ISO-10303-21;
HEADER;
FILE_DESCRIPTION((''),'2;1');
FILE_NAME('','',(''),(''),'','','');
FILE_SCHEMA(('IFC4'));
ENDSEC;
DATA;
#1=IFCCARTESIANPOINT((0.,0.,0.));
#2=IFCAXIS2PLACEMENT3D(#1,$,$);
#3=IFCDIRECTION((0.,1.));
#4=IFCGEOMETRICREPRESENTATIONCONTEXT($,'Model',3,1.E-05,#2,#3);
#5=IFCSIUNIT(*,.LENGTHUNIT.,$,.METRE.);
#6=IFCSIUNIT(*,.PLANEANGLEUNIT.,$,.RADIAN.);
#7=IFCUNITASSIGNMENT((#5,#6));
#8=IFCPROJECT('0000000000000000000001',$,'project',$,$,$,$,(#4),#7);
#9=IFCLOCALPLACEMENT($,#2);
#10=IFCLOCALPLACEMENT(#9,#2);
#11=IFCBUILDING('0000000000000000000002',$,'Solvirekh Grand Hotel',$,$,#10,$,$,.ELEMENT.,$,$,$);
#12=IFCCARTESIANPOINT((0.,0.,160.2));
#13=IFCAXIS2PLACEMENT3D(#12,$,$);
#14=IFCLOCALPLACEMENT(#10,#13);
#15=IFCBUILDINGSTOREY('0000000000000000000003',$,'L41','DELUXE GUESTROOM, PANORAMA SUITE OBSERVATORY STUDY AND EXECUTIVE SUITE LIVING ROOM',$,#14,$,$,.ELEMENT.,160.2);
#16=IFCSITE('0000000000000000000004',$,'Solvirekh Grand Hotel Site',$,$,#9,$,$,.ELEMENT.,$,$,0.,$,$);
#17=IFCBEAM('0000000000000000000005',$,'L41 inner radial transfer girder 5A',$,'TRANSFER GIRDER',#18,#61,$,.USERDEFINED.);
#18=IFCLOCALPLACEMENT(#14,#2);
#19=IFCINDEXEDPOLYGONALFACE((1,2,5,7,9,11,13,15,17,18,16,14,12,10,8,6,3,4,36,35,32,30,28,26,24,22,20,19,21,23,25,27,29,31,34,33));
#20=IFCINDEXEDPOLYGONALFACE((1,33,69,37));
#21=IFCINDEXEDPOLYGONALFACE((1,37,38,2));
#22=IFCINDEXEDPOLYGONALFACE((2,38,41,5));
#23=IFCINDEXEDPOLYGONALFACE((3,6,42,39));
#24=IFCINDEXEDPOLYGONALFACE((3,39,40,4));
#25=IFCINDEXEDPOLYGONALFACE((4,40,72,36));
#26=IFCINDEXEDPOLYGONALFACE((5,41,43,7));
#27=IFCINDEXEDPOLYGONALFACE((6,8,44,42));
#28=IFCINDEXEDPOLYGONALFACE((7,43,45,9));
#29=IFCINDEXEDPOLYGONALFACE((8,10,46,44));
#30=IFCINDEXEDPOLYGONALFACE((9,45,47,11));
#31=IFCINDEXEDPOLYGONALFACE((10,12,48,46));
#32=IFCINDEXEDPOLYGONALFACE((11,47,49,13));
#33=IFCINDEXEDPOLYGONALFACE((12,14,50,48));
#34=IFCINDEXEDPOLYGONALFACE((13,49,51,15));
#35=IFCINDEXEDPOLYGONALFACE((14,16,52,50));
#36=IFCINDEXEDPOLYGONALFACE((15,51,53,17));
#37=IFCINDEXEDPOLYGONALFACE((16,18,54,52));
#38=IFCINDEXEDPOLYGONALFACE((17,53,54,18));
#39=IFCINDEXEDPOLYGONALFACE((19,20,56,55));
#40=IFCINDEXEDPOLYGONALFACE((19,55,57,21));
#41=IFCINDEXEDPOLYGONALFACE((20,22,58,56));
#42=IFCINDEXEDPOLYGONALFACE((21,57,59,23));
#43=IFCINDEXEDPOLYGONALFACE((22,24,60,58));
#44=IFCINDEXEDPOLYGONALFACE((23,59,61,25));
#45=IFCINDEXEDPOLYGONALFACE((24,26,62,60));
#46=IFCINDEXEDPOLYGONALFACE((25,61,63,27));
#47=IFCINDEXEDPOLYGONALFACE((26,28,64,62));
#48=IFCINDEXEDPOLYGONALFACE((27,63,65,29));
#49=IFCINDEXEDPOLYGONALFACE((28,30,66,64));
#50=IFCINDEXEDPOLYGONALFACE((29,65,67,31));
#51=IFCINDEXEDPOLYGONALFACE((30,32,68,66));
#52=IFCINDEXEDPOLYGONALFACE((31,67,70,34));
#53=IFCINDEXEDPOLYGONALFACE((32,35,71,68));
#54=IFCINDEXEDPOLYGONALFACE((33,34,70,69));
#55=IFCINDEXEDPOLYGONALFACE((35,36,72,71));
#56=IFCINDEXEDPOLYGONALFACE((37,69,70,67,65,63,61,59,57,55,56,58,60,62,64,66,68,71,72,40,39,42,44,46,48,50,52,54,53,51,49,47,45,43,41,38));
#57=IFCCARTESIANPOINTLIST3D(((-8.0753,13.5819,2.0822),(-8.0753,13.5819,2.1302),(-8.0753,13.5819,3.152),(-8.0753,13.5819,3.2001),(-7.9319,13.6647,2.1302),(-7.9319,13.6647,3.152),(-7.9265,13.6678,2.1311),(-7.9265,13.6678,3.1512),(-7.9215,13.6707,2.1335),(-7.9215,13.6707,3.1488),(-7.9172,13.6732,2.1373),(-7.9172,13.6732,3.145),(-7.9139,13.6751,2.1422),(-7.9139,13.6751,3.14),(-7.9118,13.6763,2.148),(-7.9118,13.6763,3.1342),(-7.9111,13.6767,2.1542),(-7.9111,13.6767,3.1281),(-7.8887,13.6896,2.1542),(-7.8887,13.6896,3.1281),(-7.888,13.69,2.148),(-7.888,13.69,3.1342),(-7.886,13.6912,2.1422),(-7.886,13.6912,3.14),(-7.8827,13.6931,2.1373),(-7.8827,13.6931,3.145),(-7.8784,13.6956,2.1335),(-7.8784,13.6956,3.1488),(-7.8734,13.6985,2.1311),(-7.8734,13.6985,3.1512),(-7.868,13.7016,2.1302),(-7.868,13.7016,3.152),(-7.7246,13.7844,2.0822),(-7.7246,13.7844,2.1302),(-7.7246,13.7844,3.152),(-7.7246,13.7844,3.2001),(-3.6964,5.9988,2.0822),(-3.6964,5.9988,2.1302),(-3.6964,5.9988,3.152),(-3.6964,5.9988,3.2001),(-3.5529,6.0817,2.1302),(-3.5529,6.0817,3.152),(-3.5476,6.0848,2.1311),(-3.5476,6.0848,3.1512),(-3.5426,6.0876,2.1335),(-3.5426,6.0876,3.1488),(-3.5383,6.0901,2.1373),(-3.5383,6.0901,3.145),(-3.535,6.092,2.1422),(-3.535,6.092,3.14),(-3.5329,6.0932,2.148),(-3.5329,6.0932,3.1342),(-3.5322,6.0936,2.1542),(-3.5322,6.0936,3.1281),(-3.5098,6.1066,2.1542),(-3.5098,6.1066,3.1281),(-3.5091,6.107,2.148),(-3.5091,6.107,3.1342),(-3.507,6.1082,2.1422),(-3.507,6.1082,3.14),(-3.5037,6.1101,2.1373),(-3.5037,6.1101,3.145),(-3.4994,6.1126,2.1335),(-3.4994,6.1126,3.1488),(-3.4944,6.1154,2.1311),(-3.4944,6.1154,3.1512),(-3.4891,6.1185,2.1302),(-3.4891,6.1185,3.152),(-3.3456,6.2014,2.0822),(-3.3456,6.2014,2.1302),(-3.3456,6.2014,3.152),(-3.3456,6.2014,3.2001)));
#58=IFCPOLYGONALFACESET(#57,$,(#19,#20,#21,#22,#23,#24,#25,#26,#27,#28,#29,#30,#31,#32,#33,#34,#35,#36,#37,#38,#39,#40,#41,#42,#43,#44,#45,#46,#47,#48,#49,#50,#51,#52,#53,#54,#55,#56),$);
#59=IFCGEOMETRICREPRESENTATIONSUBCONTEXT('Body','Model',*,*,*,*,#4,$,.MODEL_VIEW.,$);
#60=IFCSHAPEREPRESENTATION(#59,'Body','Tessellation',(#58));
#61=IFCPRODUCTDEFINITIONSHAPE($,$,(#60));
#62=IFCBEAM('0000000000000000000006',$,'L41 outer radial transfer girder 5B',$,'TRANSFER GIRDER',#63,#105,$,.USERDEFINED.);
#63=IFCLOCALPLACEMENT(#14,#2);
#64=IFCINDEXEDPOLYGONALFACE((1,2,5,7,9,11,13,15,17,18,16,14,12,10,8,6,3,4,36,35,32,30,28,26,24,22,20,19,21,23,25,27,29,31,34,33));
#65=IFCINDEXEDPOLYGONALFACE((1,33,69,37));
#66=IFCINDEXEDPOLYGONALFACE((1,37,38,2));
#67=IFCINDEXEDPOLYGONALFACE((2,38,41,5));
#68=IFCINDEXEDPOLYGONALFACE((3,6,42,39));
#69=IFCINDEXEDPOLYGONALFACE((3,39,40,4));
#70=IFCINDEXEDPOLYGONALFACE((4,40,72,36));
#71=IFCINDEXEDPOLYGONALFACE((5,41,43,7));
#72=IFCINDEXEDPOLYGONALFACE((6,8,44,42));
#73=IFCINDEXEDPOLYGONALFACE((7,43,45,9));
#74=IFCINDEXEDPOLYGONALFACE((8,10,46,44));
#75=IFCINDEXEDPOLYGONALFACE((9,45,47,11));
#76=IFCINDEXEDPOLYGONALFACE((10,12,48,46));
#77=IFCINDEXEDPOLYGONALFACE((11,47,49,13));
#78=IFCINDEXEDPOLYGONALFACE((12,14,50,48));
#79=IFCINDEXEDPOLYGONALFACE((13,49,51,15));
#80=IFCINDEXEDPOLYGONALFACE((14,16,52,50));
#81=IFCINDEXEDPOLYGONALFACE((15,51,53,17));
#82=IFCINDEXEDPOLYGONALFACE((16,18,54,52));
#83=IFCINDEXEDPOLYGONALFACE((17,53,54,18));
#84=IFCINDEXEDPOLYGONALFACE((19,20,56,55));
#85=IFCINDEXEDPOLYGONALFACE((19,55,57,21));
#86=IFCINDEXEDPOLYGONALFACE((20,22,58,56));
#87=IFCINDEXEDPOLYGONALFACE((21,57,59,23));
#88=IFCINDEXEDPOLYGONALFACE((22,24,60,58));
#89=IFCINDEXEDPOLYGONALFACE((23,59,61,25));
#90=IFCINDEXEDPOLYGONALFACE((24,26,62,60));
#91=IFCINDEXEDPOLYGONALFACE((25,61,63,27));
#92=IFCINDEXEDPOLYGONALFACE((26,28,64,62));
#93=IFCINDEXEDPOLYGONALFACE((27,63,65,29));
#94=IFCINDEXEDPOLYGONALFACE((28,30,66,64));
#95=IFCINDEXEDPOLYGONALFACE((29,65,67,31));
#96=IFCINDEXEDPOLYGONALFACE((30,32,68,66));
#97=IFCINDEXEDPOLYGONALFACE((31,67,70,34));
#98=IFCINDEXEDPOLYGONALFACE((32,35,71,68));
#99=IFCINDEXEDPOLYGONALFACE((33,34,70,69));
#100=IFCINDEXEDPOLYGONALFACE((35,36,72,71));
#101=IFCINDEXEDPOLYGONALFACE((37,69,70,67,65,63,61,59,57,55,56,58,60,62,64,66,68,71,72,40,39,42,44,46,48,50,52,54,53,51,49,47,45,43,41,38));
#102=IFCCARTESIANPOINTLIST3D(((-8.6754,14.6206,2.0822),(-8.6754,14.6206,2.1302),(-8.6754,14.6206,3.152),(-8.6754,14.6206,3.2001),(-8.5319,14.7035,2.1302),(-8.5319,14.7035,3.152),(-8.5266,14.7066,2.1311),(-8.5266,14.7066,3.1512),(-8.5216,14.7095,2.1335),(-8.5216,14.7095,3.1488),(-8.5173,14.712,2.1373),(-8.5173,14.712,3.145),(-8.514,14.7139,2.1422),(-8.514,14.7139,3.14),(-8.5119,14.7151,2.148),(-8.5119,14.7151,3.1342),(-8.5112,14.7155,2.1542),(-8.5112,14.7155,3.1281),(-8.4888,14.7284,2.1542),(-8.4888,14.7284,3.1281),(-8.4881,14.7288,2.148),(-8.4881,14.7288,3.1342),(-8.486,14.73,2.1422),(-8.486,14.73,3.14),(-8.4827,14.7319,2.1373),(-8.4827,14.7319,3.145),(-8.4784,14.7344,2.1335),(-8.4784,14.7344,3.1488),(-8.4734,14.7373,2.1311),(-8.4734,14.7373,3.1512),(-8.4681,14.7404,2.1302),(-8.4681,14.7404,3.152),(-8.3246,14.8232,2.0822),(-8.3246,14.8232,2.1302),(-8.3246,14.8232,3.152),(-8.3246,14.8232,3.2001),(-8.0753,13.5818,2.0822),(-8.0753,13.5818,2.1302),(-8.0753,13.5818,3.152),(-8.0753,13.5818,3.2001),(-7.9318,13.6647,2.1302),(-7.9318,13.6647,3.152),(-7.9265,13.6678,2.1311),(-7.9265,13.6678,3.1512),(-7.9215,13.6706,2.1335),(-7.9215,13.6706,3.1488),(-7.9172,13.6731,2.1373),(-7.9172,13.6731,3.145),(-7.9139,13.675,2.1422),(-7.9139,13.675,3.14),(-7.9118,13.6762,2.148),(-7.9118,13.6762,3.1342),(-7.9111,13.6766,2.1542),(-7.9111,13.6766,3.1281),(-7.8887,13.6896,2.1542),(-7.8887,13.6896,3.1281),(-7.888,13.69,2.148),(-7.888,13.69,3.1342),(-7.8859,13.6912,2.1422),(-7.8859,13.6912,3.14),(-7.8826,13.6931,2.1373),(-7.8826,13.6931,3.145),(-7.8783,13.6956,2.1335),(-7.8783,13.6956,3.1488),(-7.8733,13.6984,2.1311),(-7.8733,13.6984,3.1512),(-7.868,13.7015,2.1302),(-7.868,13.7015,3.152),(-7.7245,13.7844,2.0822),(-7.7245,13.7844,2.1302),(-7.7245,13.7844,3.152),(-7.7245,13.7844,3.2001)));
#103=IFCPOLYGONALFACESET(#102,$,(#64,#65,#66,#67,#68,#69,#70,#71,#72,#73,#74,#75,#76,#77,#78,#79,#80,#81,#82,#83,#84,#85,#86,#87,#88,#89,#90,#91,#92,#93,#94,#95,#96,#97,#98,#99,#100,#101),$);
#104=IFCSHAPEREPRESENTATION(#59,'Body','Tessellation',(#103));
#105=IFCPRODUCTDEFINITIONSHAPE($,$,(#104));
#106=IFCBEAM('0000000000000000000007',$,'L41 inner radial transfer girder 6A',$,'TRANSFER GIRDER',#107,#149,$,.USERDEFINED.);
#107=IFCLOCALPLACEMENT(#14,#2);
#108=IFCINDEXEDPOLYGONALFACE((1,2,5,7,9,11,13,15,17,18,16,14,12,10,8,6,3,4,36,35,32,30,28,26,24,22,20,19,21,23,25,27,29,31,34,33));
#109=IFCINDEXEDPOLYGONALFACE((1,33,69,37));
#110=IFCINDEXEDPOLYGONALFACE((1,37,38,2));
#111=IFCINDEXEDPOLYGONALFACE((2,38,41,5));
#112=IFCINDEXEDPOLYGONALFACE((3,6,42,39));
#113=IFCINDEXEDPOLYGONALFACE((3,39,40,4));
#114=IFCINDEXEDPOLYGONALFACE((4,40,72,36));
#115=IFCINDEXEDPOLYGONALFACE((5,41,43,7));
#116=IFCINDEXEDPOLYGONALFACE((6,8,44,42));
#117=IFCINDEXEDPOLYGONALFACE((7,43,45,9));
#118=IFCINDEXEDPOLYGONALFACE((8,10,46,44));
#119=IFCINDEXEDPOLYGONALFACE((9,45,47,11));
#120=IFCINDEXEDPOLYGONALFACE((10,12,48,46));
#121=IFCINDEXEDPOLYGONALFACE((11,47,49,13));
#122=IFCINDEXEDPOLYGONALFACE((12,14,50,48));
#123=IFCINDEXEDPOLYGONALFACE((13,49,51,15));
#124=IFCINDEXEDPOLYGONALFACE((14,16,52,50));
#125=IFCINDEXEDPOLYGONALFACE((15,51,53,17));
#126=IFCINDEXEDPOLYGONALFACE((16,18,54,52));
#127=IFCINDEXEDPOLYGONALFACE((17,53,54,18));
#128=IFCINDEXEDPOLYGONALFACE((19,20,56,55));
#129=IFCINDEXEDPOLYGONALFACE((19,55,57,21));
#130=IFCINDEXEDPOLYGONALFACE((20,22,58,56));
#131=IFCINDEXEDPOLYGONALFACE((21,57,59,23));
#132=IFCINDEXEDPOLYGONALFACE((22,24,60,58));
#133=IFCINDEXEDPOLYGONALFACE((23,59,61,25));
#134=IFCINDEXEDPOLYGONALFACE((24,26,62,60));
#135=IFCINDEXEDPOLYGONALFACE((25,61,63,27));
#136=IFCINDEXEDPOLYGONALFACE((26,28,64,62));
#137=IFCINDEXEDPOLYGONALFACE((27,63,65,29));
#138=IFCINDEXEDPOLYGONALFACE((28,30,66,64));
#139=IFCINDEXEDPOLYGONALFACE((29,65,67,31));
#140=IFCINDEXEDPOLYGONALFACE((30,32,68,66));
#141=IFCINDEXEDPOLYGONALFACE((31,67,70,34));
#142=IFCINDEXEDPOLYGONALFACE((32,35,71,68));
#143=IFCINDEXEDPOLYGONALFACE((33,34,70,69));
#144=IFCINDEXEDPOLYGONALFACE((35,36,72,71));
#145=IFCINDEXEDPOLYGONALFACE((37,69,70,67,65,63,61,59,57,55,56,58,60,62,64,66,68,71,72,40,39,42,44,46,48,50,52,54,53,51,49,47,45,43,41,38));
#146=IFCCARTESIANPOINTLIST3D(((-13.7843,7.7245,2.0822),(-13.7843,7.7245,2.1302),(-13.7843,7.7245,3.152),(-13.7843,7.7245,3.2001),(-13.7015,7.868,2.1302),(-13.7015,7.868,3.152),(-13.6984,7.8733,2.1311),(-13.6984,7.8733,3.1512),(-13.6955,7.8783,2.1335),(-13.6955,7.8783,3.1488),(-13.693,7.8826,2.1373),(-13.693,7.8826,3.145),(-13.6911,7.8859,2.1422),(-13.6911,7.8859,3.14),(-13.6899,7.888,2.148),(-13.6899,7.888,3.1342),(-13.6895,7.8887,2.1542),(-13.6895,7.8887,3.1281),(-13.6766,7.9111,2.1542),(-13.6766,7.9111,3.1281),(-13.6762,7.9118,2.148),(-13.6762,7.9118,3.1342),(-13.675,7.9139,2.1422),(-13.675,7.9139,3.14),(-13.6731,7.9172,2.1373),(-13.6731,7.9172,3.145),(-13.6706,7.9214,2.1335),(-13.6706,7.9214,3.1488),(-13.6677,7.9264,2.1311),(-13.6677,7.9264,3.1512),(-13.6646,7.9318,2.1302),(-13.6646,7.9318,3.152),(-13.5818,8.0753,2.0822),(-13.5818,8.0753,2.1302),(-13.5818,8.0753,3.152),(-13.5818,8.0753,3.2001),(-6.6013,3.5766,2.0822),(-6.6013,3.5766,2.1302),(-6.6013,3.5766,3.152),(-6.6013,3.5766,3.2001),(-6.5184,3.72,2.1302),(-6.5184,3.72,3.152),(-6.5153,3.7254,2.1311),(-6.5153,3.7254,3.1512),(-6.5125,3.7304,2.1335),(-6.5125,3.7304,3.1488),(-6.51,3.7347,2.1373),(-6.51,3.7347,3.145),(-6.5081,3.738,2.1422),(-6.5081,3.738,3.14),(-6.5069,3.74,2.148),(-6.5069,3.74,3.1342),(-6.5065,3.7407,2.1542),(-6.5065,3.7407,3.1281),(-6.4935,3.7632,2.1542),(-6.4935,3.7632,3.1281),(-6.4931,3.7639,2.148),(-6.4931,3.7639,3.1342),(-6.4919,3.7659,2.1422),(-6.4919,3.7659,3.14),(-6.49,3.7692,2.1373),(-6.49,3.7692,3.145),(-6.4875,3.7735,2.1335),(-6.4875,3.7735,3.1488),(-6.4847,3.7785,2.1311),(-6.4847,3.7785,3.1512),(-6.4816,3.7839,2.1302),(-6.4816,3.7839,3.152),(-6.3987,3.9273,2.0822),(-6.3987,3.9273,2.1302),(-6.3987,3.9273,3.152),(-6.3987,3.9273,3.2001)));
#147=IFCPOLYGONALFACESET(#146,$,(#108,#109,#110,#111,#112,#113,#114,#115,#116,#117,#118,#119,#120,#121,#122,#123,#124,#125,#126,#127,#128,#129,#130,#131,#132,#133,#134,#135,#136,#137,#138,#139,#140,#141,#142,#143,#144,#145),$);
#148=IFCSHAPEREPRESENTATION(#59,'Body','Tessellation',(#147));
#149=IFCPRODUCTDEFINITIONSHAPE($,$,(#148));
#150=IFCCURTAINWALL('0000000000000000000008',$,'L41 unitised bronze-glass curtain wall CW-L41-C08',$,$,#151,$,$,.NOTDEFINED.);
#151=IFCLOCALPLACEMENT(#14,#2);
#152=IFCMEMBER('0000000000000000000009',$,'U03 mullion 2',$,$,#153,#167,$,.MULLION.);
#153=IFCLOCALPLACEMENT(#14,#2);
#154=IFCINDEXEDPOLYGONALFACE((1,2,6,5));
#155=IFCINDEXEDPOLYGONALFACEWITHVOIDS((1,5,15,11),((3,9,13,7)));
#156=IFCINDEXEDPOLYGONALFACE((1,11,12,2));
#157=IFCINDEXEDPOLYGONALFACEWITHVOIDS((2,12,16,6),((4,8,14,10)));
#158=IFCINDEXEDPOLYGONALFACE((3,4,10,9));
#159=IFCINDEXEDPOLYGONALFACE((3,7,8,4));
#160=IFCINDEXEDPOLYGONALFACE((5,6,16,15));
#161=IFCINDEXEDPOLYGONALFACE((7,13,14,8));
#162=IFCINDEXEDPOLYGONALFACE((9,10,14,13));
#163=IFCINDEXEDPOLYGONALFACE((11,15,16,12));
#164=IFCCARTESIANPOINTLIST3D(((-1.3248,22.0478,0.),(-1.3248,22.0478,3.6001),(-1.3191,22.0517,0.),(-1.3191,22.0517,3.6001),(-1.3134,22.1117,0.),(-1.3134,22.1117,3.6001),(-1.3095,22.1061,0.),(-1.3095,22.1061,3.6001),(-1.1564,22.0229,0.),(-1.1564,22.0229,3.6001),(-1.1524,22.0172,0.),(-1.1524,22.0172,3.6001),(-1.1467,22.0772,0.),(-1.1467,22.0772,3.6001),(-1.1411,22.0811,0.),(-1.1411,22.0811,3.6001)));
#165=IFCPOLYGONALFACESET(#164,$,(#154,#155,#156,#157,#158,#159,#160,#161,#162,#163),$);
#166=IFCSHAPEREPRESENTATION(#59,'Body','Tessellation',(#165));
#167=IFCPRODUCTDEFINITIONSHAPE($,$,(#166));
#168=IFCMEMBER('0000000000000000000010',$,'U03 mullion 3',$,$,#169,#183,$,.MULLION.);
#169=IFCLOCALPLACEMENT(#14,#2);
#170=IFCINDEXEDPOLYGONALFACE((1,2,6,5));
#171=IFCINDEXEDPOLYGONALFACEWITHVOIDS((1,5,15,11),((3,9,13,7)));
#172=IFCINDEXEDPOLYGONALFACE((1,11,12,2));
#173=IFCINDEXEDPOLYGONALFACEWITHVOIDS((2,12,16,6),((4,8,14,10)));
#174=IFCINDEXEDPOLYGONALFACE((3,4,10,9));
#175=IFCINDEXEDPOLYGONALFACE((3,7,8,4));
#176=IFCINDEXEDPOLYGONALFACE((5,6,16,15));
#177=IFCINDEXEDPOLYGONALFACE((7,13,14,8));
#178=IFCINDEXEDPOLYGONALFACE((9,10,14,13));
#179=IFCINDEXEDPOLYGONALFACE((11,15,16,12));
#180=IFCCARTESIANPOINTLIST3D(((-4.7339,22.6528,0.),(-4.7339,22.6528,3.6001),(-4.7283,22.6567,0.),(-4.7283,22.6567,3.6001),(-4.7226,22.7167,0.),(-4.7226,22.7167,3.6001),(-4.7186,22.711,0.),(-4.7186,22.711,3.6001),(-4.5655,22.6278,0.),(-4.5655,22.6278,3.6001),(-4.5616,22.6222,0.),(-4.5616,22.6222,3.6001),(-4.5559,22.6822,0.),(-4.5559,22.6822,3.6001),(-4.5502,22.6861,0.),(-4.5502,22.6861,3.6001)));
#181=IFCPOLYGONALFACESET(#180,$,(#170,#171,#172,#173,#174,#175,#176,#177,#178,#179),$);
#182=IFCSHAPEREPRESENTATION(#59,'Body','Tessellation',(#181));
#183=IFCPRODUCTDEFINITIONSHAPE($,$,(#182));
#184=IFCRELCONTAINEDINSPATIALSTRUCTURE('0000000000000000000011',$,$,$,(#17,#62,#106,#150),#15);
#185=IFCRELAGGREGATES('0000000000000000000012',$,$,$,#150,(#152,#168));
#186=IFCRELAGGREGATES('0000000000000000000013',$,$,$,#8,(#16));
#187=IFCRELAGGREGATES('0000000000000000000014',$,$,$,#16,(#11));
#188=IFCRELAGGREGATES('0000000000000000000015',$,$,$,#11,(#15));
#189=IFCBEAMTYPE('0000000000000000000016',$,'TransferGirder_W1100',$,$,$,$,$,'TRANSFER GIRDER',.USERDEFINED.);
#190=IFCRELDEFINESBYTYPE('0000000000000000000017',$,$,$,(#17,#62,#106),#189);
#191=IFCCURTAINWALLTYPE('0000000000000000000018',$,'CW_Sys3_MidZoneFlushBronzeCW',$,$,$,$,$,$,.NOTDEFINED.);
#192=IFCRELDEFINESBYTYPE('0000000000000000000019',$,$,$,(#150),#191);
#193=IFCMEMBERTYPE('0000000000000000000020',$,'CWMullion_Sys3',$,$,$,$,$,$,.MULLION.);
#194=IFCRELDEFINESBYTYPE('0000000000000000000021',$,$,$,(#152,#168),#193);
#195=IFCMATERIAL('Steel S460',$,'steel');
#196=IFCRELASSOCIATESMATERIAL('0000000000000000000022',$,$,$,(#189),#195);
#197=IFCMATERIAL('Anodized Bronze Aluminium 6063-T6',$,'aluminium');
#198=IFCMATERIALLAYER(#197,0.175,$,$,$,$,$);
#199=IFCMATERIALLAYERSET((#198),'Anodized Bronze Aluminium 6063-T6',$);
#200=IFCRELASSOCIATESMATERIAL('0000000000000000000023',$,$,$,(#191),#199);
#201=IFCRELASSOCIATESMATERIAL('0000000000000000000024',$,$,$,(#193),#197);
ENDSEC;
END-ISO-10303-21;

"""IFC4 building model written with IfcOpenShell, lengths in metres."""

from ifc_helpers import new_model, si_unit, direction, frame, origin, origin_2d, place, context, subcontext, project, spatial, hollow_rectangle, i_section, extrude, source, transform, mapped, material, layer, layer_set, material_profile, profile_set, type_object, element, aggregate, save


model = new_model("IFC4")

# Units and contexts
model_context = context("Model", 3, precision=1e-05, world=origin(), true_north=direction((0.0, 1.0)))
body_context = subcontext(model_context, "Body", "Model", "MODEL_VIEW")
ifc_project = project(units=[si_unit("LENGTHUNIT", "METRE"), si_unit("PLANEANGLEUNIT", "RADIAN")], contexts=[model_context])

# Site, building, storey
site_placement = place(None, origin())
site = spatial("IfcSite", under=ifc_project, at=site_placement, Name="Solvirekh Grand Hotel Site", CompositionType="ELEMENT", RefElevation=0.0)
building_placement = place(site_placement, origin())
building = spatial("IfcBuilding", under=site, at=building_placement, Name="Solvirekh Grand Hotel", CompositionType="ELEMENT")
storey_placement = place(building_placement, frame((0.0, 0.0, 160.2)))
storey = spatial("IfcBuildingStorey", under=building, at=storey_placement, Name="L41", Description="DELUXE GUESTROOM, PANORAMA SUITE OBSERVATORY STUDY AND EXECUTIVE SUITE LIVING ROOM", CompositionType="ELEMENT", Elevation=160.2)

# Beams
ifc_material_1 = material(Name="Steel S460", Category="steel")
ifc_material_profile_1 = material_profile(ifc_material_1, i_section(OverallWidth=0.405, OverallDepth=1.1179, WebThickness=0.0259, FlangeThickness=0.0481, FilletRadius=0.0239, at=origin_2d()), Name="W1100X499")
ifc_profile_set_1 = profile_set([ifc_material_profile_1], Name="Steel S460")
beam_type_1 = type_object("IfcBeamType", Name="TransferGirder_W1100", ElementType="TRANSFER GIRDER", PredefinedType="USERDEFINED", material=ifc_profile_set_1)
beam_1_placement = place(storey_placement, frame((-3.521, 6.1001, 2.6411), z_axis=(-0.500073, 0.865983, 0.0), x_axis=(-0.865983, -0.500073, 0.0)))
element("IfcBeam", 1, at=beam_1_placement, inside=storey, type_object=beam_type_1, Name="L41 inner radial transfer girder 5A", ObjectType="TRANSFER GIRDER", PredefinedType="USERDEFINED", context=body_context, shape_type="SweptSolid", body=[
    extrude(i_section(OverallWidth=0.405, OverallDepth=1.1179, WebThickness=0.0259, FlangeThickness=0.0481, FilletRadius=0.0239, at=origin_2d()), origin(), (0.0, 0.0, 1.0), 8.7566),
])
beam_2_placement = place(storey_placement, frame((-7.8999, 13.6831, 2.6411), z_axis=(-0.50021, 0.865904, 0.0), x_axis=(-0.865904, -0.50021, 0.0)))
element("IfcBeam", 2, at=beam_2_placement, inside=storey, type_object=beam_type_1, Name="L41 outer radial transfer girder 5B", ObjectType="TRANSFER GIRDER", PredefinedType="USERDEFINED", context=body_context, shape_type="SweptSolid", body=[
    extrude(i_section(OverallWidth=0.405, OverallDepth=1.1179, WebThickness=0.0259, FlangeThickness=0.0481, FilletRadius=0.0239, at=origin_2d()), origin(), (0.0, 0.0, 1.0), 1.1997),
])
beam_3_placement = place(storey_placement, frame((-6.5, 3.752, 2.6411), z_axis=(-0.865985, 0.500071, 0.0), x_axis=(-0.500071, -0.865985, 0.0)))
element("IfcBeam", 3, at=beam_3_placement, inside=storey, type_object=beam_type_1, Name="L41 inner radial transfer girder 6A", ObjectType="TRANSFER GIRDER", PredefinedType="USERDEFINED", context=body_context, shape_type="SweptSolid", body=[
    extrude(i_section(OverallWidth=0.405, OverallDepth=1.1179, WebThickness=0.0259, FlangeThickness=0.0481, FilletRadius=0.0239, at=origin_2d()), origin(), (0.0, 0.0, 1.0), 8.2947),
])

# Curtain wall, members
ifc_material_2 = material(Name="Anodized Bronze Aluminium 6063-T6", Category="aluminium")
ifc_layer_1 = layer(ifc_material_2, 0.175)
ifc_layer_set_1 = layer_set([ifc_layer_1], Name="Anodized Bronze Aluminium 6063-T6")
curtain_wall_type = type_object("IfcCurtainWallType", Name="CW_Sys3_MidZoneFlushBronzeCW", PredefinedType="NOTDEFINED", material=ifc_layer_set_1)
curtain_wall_placement = place(storey_placement, origin())
curtain_wall = element("IfcCurtainWall", 4, at=curtain_wall_placement, inside=storey, type_object=curtain_wall_type, Name="L41 unitised bronze-glass curtain wall CW-L41-C08", PredefinedType="NOTDEFINED")
ifc_material_profile_2 = material_profile(ifc_material_2, hollow_rectangle(XDim=0.0649, YDim=0.175, WallThickness=0.0049, at=origin_2d()), Name="ALU RHS 175X65X5")
ifc_profile_set_2 = profile_set([ifc_material_profile_2], Name="Anodized Bronze Aluminium 6063-T6")
member_type_1 = type_object("IfcMemberType", Name="CWMullion_Sys3", PredefinedType="MULLION", material=ifc_profile_set_2)
shared_shape_1 = source(origin(), body_context, "Body", "SweptSolid", [
    extrude(hollow_rectangle(XDim=0.0649, YDim=0.175, WallThickness=0.0049, at=origin_2d()), origin(), (0.0, 0.0, 1.0), 3.6001),
])
member_1_placement = place(storey_placement, frame((-1.2329, 22.0645, 0.0), z_axis=(0.0, 0.0, 1.0), x_axis=(-0.174691, -0.984623, 0.0)))
member_1 = element("IfcMember", 5, at=member_1_placement, type_object=member_type_1, Name="U03 mullion 2", PredefinedType="MULLION", context=body_context, shape_type="MappedRepresentation", body=[
    mapped(shared_shape_1, transform((0.0, 0.0, 0.0), x_axis=(1.0, 0.0, 0.0), y_axis=(0.0, 1.0, 0.0), z_axis=(0.0, 0.0, 1.0), scale=1.0)),
])
member_2_placement = place(storey_placement, frame((-4.6421, 22.6694, 0.0), z_axis=(0.0, 0.0, 1.0), x_axis=(-0.174691, -0.984623, 0.0)))
member_2 = element("IfcMember", 6, at=member_2_placement, type_object=member_type_1, Name="U03 mullion 3", PredefinedType="MULLION", context=body_context, shape_type="MappedRepresentation", body=[
    mapped(shared_shape_1, transform((0.0, 0.0, 0.0), x_axis=(1.0, 0.0, 0.0), y_axis=(0.0, 1.0, 0.0), z_axis=(0.0, 0.0, 1.0), scale=1.0)),
])
aggregate(curtain_wall, [member_1, member_2])

save(model, "model.ifc")
